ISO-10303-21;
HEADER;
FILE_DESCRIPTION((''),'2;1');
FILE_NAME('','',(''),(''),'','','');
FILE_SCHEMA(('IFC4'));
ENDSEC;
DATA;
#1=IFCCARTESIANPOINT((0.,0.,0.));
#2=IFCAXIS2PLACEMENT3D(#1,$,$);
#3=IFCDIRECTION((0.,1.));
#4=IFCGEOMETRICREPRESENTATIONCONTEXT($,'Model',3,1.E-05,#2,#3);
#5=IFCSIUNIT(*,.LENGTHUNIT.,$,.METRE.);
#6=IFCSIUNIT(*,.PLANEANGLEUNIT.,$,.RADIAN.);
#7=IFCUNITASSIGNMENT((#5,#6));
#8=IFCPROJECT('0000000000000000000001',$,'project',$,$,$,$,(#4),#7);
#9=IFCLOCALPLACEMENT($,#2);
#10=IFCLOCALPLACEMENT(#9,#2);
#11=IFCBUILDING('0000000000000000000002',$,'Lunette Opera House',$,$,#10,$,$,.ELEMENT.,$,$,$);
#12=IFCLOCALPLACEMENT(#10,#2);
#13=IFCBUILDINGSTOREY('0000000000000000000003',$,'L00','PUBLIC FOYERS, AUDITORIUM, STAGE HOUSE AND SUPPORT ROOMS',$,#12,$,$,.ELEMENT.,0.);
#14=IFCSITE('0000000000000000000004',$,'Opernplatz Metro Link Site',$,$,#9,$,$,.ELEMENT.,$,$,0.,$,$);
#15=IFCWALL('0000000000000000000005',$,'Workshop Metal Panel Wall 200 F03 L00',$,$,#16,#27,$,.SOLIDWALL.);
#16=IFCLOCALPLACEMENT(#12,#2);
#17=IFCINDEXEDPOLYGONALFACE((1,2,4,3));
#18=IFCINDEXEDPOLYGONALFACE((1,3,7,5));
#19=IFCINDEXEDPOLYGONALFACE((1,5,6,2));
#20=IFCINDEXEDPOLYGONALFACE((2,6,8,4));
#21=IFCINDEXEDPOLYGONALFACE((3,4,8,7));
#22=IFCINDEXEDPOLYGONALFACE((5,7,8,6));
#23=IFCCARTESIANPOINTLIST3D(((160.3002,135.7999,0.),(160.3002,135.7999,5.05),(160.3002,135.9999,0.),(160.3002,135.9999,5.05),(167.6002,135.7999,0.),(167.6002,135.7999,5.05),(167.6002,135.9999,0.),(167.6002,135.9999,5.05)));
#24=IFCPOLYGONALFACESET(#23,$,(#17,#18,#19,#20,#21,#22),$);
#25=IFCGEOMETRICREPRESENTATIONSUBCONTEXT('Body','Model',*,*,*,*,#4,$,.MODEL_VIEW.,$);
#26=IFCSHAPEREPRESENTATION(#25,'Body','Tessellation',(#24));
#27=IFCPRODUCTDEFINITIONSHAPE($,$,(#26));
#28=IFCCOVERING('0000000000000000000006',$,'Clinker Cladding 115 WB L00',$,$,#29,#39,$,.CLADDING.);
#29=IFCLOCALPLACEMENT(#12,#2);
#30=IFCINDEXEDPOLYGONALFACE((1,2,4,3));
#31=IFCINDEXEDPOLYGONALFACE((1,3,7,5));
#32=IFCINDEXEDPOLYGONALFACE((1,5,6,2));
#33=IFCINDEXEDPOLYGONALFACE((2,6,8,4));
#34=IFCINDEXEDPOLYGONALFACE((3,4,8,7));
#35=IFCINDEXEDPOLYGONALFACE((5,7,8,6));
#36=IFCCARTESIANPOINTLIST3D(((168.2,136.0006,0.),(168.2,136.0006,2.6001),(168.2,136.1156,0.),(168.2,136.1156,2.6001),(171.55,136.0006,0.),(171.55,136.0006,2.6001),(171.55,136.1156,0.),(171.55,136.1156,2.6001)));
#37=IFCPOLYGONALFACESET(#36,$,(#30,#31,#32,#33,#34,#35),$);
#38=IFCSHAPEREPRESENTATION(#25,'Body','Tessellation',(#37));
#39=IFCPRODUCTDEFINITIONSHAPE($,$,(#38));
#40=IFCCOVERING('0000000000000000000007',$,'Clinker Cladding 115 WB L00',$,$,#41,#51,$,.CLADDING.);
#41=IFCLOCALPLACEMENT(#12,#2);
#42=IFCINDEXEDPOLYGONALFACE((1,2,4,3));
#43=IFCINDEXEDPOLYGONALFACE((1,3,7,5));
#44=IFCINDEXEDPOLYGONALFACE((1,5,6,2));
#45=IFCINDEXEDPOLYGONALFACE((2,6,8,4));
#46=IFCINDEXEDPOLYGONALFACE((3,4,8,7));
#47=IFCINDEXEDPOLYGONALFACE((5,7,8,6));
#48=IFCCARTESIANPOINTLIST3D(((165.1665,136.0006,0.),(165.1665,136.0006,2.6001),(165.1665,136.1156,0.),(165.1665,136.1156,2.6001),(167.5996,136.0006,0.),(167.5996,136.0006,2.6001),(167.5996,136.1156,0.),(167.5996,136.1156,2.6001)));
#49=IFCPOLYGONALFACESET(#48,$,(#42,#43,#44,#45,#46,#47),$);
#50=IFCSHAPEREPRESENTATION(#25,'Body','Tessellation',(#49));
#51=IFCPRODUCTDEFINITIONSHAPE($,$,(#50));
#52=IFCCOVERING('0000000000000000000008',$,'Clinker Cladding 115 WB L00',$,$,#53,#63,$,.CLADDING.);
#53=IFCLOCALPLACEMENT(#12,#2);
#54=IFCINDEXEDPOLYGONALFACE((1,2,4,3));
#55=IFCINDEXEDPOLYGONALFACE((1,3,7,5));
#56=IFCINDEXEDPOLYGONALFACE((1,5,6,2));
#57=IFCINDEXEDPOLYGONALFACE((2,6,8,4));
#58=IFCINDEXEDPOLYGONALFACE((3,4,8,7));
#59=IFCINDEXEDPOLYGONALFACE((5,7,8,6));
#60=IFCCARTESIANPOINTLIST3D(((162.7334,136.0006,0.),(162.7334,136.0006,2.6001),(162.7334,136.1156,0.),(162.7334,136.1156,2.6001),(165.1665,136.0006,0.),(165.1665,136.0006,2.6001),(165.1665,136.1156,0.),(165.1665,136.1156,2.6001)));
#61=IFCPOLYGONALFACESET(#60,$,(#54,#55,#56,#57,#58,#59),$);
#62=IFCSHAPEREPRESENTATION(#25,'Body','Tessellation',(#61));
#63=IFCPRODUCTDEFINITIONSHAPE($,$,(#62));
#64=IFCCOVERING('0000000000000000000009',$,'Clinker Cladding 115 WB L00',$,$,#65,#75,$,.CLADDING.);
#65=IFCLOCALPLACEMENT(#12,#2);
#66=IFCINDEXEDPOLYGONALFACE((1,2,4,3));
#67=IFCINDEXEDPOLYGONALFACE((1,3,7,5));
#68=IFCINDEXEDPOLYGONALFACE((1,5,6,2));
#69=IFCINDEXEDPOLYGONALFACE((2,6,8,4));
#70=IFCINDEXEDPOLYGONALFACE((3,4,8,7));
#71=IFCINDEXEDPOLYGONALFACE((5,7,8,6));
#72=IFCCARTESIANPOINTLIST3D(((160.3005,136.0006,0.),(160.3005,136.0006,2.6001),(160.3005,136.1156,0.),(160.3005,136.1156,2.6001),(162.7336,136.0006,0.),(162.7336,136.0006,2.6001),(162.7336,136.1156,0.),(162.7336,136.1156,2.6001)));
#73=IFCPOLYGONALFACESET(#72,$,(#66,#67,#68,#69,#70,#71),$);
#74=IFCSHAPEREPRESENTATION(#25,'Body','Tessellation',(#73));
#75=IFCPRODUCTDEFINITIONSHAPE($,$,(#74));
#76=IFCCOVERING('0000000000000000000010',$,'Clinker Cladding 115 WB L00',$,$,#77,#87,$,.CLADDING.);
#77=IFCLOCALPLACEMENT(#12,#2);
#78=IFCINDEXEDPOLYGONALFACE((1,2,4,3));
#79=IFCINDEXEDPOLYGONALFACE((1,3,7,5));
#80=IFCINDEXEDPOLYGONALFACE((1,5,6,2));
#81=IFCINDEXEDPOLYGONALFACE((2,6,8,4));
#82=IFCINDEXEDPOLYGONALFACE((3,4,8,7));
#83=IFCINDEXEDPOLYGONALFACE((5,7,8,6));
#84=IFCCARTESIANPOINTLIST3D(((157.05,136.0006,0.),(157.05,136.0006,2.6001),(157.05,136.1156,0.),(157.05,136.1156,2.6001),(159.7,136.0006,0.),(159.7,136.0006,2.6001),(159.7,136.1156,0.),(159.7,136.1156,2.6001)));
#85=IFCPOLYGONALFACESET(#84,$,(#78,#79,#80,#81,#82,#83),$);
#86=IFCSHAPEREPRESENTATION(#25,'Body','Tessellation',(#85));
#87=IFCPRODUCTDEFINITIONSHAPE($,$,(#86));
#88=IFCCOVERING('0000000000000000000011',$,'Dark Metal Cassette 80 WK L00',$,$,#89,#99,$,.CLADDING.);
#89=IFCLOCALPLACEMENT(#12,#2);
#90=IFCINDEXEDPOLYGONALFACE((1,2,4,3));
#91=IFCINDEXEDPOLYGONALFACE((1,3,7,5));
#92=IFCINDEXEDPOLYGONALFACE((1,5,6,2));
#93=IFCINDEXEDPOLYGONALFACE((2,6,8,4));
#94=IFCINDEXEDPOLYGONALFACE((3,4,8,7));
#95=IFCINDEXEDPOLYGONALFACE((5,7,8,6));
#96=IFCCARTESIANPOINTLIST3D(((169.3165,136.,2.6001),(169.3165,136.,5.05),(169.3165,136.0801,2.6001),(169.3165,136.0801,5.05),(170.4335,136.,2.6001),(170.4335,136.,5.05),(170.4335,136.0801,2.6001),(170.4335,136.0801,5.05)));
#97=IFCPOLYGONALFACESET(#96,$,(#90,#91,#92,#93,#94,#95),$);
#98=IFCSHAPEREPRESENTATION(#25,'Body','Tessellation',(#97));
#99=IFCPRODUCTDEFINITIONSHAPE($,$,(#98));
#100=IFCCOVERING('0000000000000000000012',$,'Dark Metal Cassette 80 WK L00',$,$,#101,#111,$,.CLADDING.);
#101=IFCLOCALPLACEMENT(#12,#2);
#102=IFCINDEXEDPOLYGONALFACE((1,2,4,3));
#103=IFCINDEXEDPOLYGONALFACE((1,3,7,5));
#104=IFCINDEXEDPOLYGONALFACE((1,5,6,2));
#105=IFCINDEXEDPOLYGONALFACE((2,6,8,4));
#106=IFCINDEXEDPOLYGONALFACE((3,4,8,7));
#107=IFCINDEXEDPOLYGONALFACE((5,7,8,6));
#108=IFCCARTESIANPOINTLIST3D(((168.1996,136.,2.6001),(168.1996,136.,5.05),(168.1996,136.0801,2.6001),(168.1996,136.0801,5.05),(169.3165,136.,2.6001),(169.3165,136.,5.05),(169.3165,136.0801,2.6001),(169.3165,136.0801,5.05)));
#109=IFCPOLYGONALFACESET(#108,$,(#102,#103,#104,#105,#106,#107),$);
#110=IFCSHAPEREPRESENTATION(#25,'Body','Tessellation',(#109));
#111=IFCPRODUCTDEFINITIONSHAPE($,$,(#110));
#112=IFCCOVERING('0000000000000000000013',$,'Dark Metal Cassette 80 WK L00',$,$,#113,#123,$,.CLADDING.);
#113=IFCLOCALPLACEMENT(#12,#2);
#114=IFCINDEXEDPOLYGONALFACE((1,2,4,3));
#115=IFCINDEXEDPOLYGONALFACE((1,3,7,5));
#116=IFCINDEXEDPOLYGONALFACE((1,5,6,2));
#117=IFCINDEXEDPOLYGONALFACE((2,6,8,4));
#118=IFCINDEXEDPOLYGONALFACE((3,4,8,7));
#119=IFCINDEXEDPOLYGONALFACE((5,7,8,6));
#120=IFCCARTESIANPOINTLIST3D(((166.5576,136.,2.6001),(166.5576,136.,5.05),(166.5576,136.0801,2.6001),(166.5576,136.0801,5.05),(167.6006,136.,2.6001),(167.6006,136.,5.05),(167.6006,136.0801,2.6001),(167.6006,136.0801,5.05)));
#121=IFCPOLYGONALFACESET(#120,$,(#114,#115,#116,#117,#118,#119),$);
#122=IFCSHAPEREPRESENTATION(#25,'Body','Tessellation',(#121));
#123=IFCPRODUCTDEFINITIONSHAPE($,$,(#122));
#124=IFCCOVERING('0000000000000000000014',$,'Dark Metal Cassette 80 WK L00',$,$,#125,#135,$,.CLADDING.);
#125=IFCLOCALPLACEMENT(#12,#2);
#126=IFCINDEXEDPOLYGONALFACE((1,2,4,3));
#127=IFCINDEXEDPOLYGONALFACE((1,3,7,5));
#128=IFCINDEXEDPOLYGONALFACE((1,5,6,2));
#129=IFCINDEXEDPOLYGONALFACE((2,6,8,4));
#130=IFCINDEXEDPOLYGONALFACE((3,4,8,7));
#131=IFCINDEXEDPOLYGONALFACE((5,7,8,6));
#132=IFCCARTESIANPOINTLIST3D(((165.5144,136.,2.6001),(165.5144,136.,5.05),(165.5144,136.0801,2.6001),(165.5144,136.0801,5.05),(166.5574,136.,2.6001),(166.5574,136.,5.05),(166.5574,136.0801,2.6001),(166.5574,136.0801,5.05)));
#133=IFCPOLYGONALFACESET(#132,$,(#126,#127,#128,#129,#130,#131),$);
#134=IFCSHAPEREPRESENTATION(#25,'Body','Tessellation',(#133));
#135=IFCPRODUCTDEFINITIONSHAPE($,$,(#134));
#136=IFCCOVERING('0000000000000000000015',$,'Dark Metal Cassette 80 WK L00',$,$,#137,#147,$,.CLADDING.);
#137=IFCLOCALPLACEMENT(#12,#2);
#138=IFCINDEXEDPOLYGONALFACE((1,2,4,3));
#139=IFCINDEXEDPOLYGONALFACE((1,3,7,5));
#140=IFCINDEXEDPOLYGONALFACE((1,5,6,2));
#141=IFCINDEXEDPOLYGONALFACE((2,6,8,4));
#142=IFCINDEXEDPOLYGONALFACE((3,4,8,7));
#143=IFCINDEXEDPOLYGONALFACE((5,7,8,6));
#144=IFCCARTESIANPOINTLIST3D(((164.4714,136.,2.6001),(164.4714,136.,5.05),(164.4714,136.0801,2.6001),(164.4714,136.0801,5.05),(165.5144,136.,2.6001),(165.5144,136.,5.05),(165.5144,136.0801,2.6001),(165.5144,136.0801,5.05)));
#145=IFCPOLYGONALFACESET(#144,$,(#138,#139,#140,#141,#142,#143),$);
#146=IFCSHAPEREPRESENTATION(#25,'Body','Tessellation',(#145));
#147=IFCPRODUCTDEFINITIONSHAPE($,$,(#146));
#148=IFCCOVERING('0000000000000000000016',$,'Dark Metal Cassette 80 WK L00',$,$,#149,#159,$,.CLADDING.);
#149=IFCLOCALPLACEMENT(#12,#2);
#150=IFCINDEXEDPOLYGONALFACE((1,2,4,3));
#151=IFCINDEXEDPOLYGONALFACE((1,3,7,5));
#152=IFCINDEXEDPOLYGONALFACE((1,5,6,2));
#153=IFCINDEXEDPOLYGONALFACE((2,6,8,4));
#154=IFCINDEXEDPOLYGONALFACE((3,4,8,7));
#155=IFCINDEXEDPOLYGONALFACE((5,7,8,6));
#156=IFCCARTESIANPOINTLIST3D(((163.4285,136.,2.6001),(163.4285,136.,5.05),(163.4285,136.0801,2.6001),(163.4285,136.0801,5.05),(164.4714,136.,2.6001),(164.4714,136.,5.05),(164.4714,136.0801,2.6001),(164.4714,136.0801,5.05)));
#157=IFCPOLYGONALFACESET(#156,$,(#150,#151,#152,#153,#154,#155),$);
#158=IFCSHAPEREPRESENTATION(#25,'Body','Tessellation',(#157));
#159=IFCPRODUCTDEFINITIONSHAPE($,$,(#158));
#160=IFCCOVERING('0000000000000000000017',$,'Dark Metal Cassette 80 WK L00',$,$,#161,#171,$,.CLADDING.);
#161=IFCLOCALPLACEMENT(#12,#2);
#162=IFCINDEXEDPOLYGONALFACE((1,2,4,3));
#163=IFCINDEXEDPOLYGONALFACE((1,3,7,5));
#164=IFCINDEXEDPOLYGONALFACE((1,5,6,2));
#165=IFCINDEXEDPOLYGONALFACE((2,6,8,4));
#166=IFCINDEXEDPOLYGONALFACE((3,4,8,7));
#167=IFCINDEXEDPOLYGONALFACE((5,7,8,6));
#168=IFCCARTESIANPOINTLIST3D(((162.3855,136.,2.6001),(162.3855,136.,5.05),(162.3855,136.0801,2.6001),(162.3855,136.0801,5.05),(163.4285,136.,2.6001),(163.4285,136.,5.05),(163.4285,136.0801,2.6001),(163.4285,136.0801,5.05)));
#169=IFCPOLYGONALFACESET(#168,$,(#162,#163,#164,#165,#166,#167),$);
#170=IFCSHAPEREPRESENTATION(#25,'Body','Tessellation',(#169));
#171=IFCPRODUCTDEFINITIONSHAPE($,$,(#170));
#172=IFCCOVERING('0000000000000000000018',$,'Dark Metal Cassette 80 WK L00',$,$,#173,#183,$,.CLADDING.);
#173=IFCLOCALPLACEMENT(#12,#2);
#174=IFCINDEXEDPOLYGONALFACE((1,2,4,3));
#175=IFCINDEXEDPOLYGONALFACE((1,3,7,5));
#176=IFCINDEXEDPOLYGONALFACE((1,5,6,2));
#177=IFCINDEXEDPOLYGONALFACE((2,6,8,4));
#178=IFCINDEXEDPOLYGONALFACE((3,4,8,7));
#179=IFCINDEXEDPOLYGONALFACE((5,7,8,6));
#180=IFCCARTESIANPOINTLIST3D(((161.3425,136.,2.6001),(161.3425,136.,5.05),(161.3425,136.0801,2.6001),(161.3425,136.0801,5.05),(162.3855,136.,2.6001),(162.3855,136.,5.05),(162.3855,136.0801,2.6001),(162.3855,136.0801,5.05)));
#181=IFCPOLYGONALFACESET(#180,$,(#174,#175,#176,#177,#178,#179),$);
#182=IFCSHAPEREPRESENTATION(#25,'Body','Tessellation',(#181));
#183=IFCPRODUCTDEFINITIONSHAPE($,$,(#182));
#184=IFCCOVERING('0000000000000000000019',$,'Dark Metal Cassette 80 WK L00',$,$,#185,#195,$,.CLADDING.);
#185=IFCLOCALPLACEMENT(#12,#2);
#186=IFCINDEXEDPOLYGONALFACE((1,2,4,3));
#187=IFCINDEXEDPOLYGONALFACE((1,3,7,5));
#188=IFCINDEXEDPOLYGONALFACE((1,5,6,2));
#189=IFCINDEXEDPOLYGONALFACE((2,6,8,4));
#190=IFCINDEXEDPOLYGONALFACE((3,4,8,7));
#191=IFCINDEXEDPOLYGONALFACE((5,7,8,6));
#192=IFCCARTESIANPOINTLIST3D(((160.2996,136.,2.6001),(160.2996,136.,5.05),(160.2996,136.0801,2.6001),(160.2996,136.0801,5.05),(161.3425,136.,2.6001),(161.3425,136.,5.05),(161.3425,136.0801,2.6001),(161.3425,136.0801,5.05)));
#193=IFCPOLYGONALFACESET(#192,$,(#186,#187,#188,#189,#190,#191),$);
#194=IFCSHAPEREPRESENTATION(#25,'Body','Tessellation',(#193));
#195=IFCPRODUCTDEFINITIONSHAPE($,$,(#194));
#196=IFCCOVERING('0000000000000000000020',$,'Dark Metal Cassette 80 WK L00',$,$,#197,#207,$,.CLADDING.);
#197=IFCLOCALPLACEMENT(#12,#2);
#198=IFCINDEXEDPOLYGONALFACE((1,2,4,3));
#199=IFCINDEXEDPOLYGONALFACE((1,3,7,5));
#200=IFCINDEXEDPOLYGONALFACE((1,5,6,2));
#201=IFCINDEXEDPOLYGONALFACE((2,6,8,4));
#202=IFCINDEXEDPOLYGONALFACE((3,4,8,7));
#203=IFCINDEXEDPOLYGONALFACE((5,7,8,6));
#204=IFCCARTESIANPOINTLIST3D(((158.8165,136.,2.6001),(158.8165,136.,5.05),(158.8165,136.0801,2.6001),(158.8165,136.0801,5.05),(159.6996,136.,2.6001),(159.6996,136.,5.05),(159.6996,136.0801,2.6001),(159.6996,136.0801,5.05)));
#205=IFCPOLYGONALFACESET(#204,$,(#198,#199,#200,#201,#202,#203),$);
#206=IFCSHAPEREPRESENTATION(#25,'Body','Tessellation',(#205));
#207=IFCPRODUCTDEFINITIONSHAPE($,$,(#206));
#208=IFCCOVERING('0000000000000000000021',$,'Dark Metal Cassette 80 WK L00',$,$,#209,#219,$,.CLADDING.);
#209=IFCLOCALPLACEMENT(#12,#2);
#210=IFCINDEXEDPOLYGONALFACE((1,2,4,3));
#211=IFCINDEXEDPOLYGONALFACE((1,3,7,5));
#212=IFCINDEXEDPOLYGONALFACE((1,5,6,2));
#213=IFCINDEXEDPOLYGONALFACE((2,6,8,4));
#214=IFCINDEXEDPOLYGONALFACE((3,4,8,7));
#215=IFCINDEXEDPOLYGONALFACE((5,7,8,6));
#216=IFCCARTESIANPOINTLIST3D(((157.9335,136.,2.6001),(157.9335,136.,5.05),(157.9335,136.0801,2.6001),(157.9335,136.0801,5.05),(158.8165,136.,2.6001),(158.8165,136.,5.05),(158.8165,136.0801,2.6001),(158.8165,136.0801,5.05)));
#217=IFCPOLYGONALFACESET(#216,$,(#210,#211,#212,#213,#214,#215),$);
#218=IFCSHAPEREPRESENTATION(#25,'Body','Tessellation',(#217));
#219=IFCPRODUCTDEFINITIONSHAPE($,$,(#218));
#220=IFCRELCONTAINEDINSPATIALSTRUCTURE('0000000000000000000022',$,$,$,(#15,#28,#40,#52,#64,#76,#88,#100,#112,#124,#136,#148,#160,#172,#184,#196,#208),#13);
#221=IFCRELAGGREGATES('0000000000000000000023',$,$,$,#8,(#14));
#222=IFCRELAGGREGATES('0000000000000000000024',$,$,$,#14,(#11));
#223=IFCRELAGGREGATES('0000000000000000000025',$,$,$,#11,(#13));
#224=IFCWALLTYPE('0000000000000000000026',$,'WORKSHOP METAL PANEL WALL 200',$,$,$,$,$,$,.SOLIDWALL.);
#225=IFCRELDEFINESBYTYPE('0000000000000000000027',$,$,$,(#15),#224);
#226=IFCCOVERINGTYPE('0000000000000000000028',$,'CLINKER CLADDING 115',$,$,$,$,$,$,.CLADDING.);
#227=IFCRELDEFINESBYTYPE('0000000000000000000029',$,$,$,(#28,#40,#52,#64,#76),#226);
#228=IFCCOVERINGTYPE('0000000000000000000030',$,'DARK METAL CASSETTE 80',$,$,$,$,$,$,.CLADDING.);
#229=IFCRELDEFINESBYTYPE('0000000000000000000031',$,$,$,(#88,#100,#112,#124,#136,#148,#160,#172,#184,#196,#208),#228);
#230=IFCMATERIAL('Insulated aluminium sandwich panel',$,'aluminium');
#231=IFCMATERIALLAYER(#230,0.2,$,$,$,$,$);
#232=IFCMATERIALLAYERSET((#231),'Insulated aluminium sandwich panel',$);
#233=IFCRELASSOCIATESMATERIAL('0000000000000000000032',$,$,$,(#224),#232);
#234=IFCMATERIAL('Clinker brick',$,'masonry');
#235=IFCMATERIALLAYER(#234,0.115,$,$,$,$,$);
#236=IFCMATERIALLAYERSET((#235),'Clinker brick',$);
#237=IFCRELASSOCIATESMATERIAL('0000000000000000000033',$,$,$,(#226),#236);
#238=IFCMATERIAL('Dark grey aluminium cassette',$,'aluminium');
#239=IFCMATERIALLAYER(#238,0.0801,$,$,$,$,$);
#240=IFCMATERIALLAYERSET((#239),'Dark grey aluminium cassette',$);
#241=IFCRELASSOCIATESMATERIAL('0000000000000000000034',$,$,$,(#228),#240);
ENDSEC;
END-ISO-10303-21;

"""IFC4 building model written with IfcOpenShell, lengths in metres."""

from ifc_helpers import new_model, si_unit, direction, frame, frame_2d, origin, origin_2d, place, context, subcontext, project, spatial, rectangle, extrude, material, layer, layer_set, type_object, element, save


model = new_model("IFC4")

# Units and contexts
model_context = context("Model", 3, precision=1e-05, world=origin(), true_north=direction((0.0, 1.0)))
body_context = subcontext(model_context, "Body", "Model", "MODEL_VIEW")
ifc_project = project(units=[si_unit("LENGTHUNIT", "METRE"), si_unit("PLANEANGLEUNIT", "RADIAN")], contexts=[model_context])

# Site, building, storey
site_placement = place(None, origin())
site = spatial("IfcSite", under=ifc_project, at=site_placement, Name="Opernplatz Metro Link Site", CompositionType="ELEMENT", RefElevation=0.0)
building_placement = place(site_placement, origin())
building = spatial("IfcBuilding", under=site, at=building_placement, Name="Lunette Opera House", CompositionType="ELEMENT")
storey_placement = place(building_placement, origin())
storey = spatial("IfcBuildingStorey", under=building, at=storey_placement, Name="L00", Description="PUBLIC FOYERS, AUDITORIUM, STAGE HOUSE AND SUPPORT ROOMS", CompositionType="ELEMENT", Elevation=0.0)

# Wall
ifc_material_1 = material(Name="Insulated aluminium sandwich panel", Category="aluminium")
ifc_layer_1 = layer(ifc_material_1, 0.2)
ifc_layer_set_1 = layer_set([ifc_layer_1], Name="Insulated aluminium sandwich panel")
wall_type = type_object("IfcWallType", Name="WORKSHOP METAL PANEL WALL 200", PredefinedType="SOLIDWALL", material=ifc_layer_set_1)
wall_1_placement = place(storey_placement, frame((167.6001, 135.8999, 0.0), z_axis=(0.0, 0.0, 1.0), x_axis=(-1.0, 0.0, 0.0)))
element("IfcWall", 1, at=wall_1_placement, inside=storey, type_object=wall_type, Name="Workshop Metal Panel Wall 200 F03 L00", PredefinedType="SOLIDWALL", context=body_context, shape_type="SweptSolid", body=[
    extrude(rectangle(XDim=7.3, YDim=0.2, at=frame_2d((3.6499, 0.0))), origin(), (0.0, 0.0, 1.0), 5.05),
])

# Coverings
ifc_material_2 = material(Name="Clinker brick", Category="masonry")
ifc_layer_2 = layer(ifc_material_2, 0.115)
ifc_layer_set_2 = layer_set([ifc_layer_2], Name="Clinker brick")
covering_type_1 = type_object("IfcCoveringType", Name="CLINKER CLADDING 115", PredefinedType="CLADDING", material=ifc_layer_set_2)
covering_1_placement = place(storey_placement, frame((169.875, 136.0581, 0.0), z_axis=(0.0, 0.0, 1.0), x_axis=(-1.0, 0.0, 0.0)))
element("IfcCovering", 2, at=covering_1_placement, inside=storey, type_object=covering_type_1, Name="Clinker Cladding 115 WB L00", PredefinedType="CLADDING", context=body_context, shape_type="SweptSolid", body=[
    extrude(rectangle(XDim=3.3501, YDim=0.115, at=origin_2d()), origin(), (0.0, 0.0, 1.0), 2.6001),
])
for number, where, z_axis, x_axis, name in (
    (3, (166.3831, 136.0581, 0.0), (0.0, 0.0, 1.0), (-1.0, 0.0, 0.0), "Clinker Cladding 115 WB L00"),
    (4, (163.95, 136.0581, 0.0), (0.0, 0.0, 1.0), (-1.0, 0.0, 0.0), "Clinker Cladding 115 WB L00"),
    (5, (161.5171, 136.0581, 0.0), (0.0, 0.0, 1.0), (-1.0, 0.0, 0.0), "Clinker Cladding 115 WB L00"),
):
    element("IfcCovering", number, at=place(storey_placement, frame(where, z_axis=z_axis, x_axis=x_axis)), inside=storey, type_object=covering_type_1, Name=name, PredefinedType="CLADDING", context=body_context, shape_type="SweptSolid", body=[
        extrude(rectangle(XDim=2.4331, YDim=0.115, at=origin_2d()), origin(), (0.0, 0.0, 1.0), 2.6001),
    ])
covering_2_placement = place(storey_placement, frame((158.375, 136.0581, 0.0), z_axis=(0.0, 0.0, 1.0), x_axis=(-1.0, 0.0, 0.0)))
element("IfcCovering", 6, at=covering_2_placement, inside=storey, type_object=covering_type_1, Name="Clinker Cladding 115 WB L00", PredefinedType="CLADDING", context=body_context, shape_type="SweptSolid", body=[
    extrude(rectangle(XDim=2.6499, YDim=0.115, at=origin_2d()), origin(), (0.0, 0.0, 1.0), 2.6001),
])
ifc_material_3 = material(Name="Dark grey aluminium cassette", Category="aluminium")
ifc_layer_3 = layer(ifc_material_3, 0.0801)
ifc_layer_set_3 = layer_set([ifc_layer_3], Name="Dark grey aluminium cassette")
covering_type_2 = type_object("IfcCoveringType", Name="DARK METAL CASSETTE 80", PredefinedType="CLADDING", material=ifc_layer_set_3)
for number, where, z_axis, x_axis, name in (
    (7, (169.875, 136.04, 2.6001), (0.0, 0.0, 1.0), (-1.0, 0.0, 0.0), "Dark Metal Cassette 80 WK L00"),
    (8, (168.7581, 136.04, 2.6001), (0.0, 0.0, 1.0), (-1.0, 0.0, 0.0), "Dark Metal Cassette 80 WK L00"),
):
    element("IfcCovering", number, at=place(storey_placement, frame(where, z_axis=z_axis, x_axis=x_axis)), inside=storey, type_object=covering_type_2, Name=name, PredefinedType="CLADDING", context=body_context, shape_type="SweptSolid", body=[
        extrude(rectangle(XDim=1.1169, YDim=0.0801, at=origin_2d()), origin(), (0.0, 0.0, 1.0), 2.45),
    ])
for number, where, z_axis, x_axis, name in (
    (9, (167.0791, 136.04, 2.6001), (0.0, 0.0, 1.0), (-1.0, 0.0, 0.0), "Dark Metal Cassette 80 WK L00"),
    (10, (166.0359, 136.04, 2.6001), (0.0, 0.0, 1.0), (-1.0, 0.0, 0.0), "Dark Metal Cassette 80 WK L00"),
    (11, (164.9929, 136.04, 2.6001), (0.0, 0.0, 1.0), (-1.0, 0.0, 0.0), "Dark Metal Cassette 80 WK L00"),
    (12, (163.95, 136.04, 2.6001), (0.0, 0.0, 1.0), (-1.0, 0.0, 0.0), "Dark Metal Cassette 80 WK L00"),
    (13, (162.907, 136.04, 2.6001), (0.0, 0.0, 1.0), (-1.0, 0.0, 0.0), "Dark Metal Cassette 80 WK L00"),
    (14, (161.864, 136.04, 2.6001), (0.0, 0.0, 1.0), (-1.0, 0.0, 0.0), "Dark Metal Cassette 80 WK L00"),
    (15, (160.821, 136.04, 2.6001), (0.0, 0.0, 1.0), (-1.0, 0.0, 0.0), "Dark Metal Cassette 80 WK L00"),
):
    element("IfcCovering", number, at=place(storey_placement, frame(where, z_axis=z_axis, x_axis=x_axis)), inside=storey, type_object=covering_type_2, Name=name, PredefinedType="CLADDING", context=body_context, shape_type="SweptSolid", body=[
        extrude(rectangle(XDim=1.043, YDim=0.0801, at=origin_2d()), origin(), (0.0, 0.0, 1.0), 2.45),
    ])
for number, where, z_axis, x_axis, name in (
    (16, (159.2581, 136.04, 2.6001), (0.0, 0.0, 1.0), (-1.0, 0.0, 0.0), "Dark Metal Cassette 80 WK L00"),
    (17, (158.375, 136.04, 2.6001), (0.0, 0.0, 1.0), (-1.0, 0.0, 0.0), "Dark Metal Cassette 80 WK L00"),
):
    element("IfcCovering", number, at=place(storey_placement, frame(where, z_axis=z_axis, x_axis=x_axis)), inside=storey, type_object=covering_type_2, Name=name, PredefinedType="CLADDING", context=body_context, shape_type="SweptSolid", body=[
        extrude(rectangle(XDim=0.8831, YDim=0.0801, at=origin_2d()), origin(), (0.0, 0.0, 1.0), 2.45),
    ])

save(model, "model.ifc")
